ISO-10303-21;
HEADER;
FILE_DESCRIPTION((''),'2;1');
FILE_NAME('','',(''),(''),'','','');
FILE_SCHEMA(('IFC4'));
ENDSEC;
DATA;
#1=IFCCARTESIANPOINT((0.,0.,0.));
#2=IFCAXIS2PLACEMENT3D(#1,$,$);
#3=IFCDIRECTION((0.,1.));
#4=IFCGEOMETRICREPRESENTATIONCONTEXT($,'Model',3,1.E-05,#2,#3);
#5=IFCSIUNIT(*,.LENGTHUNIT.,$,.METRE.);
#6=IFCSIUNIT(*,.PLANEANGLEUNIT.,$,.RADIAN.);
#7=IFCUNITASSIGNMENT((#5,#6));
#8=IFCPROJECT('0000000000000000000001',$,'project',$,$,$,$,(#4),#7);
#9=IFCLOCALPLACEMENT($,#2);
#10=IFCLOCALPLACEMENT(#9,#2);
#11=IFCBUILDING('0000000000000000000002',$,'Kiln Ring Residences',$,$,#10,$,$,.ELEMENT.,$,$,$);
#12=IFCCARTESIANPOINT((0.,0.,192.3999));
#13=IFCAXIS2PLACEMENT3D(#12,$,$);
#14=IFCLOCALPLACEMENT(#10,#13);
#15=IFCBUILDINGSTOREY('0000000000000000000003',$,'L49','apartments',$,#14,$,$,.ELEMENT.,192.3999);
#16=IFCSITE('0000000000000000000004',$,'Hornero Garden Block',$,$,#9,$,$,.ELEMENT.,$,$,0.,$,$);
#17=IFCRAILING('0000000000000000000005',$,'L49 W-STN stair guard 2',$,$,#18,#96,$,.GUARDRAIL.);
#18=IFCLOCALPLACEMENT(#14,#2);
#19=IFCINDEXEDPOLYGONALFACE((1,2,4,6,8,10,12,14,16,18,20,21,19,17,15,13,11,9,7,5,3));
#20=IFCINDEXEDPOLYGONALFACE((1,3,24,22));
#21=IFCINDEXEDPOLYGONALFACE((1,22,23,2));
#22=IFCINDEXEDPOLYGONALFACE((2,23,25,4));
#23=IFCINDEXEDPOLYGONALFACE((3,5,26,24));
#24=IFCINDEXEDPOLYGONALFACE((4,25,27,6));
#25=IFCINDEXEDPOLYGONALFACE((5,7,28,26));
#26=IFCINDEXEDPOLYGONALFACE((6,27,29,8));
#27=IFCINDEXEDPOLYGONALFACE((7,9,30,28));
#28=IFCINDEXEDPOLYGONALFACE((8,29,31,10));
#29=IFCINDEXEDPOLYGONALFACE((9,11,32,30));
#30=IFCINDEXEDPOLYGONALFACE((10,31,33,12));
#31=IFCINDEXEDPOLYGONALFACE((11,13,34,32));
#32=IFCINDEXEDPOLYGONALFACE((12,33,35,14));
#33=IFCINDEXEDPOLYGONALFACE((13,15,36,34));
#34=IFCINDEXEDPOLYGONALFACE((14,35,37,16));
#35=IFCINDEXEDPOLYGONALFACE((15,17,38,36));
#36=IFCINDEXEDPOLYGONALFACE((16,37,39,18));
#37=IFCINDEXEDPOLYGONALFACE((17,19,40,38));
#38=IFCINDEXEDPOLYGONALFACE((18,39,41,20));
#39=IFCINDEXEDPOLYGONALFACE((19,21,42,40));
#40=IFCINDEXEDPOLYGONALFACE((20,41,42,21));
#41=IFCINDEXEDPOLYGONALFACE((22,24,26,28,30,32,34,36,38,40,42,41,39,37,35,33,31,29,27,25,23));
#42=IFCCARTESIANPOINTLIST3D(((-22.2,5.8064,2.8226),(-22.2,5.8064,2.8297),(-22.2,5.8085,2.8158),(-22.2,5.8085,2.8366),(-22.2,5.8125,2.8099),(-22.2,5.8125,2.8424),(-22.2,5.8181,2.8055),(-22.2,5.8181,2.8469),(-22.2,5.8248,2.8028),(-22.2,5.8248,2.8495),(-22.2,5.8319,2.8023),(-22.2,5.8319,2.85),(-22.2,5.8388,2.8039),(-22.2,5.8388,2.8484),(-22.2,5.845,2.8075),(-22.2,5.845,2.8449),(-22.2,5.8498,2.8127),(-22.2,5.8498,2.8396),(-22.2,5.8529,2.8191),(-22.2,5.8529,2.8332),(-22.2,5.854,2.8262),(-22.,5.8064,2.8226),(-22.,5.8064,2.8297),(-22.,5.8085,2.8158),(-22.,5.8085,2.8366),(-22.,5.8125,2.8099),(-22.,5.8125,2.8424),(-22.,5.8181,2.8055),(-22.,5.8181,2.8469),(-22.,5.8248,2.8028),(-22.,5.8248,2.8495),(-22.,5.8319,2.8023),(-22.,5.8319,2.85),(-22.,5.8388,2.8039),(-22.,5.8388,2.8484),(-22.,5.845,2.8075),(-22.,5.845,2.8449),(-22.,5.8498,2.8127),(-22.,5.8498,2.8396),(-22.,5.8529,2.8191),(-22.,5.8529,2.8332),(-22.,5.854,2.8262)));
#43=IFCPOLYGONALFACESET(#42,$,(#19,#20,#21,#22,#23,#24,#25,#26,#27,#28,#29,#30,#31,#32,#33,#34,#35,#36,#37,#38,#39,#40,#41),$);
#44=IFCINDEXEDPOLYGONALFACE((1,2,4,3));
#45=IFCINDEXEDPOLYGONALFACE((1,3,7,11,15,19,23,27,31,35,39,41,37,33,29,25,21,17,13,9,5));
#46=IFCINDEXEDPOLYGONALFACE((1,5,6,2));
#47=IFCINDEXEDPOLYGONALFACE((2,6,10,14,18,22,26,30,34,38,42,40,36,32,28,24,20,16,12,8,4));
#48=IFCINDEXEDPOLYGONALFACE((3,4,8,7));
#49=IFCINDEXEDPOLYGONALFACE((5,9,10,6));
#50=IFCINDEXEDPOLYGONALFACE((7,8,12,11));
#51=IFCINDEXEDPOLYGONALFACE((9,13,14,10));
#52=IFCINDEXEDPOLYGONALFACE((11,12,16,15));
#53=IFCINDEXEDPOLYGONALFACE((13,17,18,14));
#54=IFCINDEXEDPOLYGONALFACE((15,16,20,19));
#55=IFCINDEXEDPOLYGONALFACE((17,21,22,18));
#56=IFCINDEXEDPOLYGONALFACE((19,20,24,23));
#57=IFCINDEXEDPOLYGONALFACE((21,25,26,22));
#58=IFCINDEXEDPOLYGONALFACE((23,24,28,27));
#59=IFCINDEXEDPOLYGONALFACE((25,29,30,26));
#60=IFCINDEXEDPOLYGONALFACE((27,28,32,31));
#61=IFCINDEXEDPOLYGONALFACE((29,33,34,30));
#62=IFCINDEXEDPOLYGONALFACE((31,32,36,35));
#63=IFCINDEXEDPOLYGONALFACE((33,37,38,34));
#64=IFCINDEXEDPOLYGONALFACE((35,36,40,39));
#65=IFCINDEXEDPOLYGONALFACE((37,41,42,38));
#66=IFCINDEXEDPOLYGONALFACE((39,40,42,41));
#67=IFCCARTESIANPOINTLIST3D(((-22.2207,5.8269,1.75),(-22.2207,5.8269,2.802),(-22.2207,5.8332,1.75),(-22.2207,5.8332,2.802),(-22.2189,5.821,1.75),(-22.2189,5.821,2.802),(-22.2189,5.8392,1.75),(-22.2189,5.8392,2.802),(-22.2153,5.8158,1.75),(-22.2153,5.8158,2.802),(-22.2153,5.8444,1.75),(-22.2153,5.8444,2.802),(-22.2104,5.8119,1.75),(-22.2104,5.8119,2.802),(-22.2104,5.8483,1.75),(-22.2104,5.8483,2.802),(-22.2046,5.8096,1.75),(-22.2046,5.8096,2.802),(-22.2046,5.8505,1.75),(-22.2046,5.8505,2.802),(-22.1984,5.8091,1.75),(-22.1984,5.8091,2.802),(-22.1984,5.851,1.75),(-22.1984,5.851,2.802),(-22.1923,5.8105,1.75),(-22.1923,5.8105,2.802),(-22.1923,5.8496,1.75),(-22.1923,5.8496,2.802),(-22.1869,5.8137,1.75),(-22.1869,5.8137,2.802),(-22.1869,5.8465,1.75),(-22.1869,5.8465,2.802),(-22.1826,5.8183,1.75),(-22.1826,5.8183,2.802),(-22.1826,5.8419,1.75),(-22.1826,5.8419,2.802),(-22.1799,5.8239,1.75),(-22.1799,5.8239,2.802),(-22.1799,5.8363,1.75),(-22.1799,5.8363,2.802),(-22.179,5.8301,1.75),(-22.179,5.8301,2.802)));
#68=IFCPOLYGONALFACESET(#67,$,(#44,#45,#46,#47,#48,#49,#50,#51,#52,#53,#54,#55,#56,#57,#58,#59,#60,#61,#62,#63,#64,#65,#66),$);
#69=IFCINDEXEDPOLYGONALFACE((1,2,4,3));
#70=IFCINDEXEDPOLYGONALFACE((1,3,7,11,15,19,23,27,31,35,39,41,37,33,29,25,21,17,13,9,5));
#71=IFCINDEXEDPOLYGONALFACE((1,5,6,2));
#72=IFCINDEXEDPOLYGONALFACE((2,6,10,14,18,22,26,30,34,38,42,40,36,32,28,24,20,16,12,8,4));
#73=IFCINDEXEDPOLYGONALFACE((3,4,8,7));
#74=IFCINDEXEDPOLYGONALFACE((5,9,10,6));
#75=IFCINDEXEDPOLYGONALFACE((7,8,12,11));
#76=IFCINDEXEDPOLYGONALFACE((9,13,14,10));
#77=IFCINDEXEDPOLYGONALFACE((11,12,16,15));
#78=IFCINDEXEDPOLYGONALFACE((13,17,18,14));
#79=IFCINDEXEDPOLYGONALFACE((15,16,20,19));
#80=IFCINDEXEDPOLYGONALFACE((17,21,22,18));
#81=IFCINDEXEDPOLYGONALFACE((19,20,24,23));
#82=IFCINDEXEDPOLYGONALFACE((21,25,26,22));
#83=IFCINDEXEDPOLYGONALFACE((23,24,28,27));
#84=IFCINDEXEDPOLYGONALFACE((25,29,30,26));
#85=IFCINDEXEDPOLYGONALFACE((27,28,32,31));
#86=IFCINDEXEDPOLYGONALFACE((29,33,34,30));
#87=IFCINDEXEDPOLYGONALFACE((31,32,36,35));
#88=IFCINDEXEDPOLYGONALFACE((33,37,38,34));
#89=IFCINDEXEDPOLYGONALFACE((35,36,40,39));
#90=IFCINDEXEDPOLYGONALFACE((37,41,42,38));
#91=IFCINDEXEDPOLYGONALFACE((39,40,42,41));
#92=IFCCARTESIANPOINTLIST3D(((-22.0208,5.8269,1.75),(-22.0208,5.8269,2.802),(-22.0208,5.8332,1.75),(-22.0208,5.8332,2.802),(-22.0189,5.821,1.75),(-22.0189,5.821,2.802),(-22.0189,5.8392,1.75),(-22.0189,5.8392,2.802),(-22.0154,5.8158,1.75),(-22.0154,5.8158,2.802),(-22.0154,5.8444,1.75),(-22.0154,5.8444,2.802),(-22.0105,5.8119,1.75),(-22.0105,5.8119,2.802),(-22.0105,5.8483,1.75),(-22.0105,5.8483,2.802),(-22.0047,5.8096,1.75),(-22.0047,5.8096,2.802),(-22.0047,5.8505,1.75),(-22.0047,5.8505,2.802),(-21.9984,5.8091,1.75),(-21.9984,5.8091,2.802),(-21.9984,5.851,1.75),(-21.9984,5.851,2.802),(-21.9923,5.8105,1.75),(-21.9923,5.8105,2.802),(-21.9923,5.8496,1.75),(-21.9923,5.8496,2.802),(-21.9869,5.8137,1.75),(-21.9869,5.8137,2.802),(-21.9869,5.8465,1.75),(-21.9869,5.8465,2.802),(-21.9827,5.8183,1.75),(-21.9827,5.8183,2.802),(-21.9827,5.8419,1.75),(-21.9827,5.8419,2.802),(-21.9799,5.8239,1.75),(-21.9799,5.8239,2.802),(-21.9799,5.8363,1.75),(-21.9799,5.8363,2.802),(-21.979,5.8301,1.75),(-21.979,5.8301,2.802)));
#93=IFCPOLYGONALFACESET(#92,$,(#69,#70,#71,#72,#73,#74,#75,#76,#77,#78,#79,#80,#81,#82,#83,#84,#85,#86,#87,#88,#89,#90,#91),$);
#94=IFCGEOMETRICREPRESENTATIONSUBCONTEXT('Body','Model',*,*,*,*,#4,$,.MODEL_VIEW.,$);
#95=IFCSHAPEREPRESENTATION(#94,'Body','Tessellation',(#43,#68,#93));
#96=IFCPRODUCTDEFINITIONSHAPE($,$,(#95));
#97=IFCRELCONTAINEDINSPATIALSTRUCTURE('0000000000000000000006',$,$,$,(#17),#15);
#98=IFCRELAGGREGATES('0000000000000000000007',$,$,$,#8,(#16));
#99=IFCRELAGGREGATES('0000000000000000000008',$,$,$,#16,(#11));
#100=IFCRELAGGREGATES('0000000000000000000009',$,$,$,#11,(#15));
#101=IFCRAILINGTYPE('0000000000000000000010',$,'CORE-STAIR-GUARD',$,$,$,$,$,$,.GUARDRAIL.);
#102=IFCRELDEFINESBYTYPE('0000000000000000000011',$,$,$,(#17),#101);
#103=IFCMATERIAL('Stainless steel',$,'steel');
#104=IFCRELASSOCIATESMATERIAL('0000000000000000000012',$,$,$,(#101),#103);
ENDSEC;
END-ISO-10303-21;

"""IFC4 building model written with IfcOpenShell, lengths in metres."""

from ifc_helpers import new_model, si_unit, direction, frame, origin, origin_2d, place, context, subcontext, project, spatial, circle, extrude, material, type_object, element, save


model = new_model("IFC4")

# Units and contexts
model_context = context("Model", 3, precision=1e-05, world=origin(), true_north=direction((0.0, 1.0)))
body_context = subcontext(model_context, "Body", "Model", "MODEL_VIEW")
ifc_project = project(units=[si_unit("LENGTHUNIT", "METRE"), si_unit("PLANEANGLEUNIT", "RADIAN")], contexts=[model_context])

# Site, building, storey
site_placement = place(None, origin())
site = spatial("IfcSite", under=ifc_project, at=site_placement, Name="Hornero Garden Block", CompositionType="ELEMENT", RefElevation=0.0)
building_placement = place(site_placement, origin())
building = spatial("IfcBuilding", under=site, at=building_placement, Name="Kiln Ring Residences", CompositionType="ELEMENT")
storey_placement = place(building_placement, frame((0.0, 0.0, 192.3999)))
storey = spatial("IfcBuildingStorey", under=building, at=storey_placement, Name="L49", Description="apartments", CompositionType="ELEMENT", Elevation=192.3999)

# Railing
ifc_material_1 = material(Name="Stainless steel", Category="steel")
railing_type_1 = type_object("IfcRailingType", Name="CORE-STAIR-GUARD", PredefinedType="GUARDRAIL", material=ifc_material_1)
railing_1_placement = place(storey_placement, frame((-22.2, 5.8301, 1.75)))
element("IfcRailing", 1, at=railing_1_placement, inside=storey, type_object=railing_type_1, Name="L49 W-STN stair guard 2", PredefinedType="GUARDRAIL", context=body_context, shape_type="SweptSolid", body=[
    extrude(circle(Radius=0.0239, at=origin_2d()), frame((0.0, 0.0, 1.0762), z_axis=(1.0, 0.0, 0.0), x_axis=(0.0, 1.0, 0.0)), (0.0, 0.0, 1.0), 0.2),
    extrude(circle(Radius=0.021, at=origin_2d()), origin(), (0.0, 0.0, 1.0), 1.052),
    extrude(circle(Radius=0.021, at=origin_2d()), frame((0.2, 0.0, 0.0)), (0.0, 0.0, 1.0), 1.052),
])

save(model, "model.ifc")
